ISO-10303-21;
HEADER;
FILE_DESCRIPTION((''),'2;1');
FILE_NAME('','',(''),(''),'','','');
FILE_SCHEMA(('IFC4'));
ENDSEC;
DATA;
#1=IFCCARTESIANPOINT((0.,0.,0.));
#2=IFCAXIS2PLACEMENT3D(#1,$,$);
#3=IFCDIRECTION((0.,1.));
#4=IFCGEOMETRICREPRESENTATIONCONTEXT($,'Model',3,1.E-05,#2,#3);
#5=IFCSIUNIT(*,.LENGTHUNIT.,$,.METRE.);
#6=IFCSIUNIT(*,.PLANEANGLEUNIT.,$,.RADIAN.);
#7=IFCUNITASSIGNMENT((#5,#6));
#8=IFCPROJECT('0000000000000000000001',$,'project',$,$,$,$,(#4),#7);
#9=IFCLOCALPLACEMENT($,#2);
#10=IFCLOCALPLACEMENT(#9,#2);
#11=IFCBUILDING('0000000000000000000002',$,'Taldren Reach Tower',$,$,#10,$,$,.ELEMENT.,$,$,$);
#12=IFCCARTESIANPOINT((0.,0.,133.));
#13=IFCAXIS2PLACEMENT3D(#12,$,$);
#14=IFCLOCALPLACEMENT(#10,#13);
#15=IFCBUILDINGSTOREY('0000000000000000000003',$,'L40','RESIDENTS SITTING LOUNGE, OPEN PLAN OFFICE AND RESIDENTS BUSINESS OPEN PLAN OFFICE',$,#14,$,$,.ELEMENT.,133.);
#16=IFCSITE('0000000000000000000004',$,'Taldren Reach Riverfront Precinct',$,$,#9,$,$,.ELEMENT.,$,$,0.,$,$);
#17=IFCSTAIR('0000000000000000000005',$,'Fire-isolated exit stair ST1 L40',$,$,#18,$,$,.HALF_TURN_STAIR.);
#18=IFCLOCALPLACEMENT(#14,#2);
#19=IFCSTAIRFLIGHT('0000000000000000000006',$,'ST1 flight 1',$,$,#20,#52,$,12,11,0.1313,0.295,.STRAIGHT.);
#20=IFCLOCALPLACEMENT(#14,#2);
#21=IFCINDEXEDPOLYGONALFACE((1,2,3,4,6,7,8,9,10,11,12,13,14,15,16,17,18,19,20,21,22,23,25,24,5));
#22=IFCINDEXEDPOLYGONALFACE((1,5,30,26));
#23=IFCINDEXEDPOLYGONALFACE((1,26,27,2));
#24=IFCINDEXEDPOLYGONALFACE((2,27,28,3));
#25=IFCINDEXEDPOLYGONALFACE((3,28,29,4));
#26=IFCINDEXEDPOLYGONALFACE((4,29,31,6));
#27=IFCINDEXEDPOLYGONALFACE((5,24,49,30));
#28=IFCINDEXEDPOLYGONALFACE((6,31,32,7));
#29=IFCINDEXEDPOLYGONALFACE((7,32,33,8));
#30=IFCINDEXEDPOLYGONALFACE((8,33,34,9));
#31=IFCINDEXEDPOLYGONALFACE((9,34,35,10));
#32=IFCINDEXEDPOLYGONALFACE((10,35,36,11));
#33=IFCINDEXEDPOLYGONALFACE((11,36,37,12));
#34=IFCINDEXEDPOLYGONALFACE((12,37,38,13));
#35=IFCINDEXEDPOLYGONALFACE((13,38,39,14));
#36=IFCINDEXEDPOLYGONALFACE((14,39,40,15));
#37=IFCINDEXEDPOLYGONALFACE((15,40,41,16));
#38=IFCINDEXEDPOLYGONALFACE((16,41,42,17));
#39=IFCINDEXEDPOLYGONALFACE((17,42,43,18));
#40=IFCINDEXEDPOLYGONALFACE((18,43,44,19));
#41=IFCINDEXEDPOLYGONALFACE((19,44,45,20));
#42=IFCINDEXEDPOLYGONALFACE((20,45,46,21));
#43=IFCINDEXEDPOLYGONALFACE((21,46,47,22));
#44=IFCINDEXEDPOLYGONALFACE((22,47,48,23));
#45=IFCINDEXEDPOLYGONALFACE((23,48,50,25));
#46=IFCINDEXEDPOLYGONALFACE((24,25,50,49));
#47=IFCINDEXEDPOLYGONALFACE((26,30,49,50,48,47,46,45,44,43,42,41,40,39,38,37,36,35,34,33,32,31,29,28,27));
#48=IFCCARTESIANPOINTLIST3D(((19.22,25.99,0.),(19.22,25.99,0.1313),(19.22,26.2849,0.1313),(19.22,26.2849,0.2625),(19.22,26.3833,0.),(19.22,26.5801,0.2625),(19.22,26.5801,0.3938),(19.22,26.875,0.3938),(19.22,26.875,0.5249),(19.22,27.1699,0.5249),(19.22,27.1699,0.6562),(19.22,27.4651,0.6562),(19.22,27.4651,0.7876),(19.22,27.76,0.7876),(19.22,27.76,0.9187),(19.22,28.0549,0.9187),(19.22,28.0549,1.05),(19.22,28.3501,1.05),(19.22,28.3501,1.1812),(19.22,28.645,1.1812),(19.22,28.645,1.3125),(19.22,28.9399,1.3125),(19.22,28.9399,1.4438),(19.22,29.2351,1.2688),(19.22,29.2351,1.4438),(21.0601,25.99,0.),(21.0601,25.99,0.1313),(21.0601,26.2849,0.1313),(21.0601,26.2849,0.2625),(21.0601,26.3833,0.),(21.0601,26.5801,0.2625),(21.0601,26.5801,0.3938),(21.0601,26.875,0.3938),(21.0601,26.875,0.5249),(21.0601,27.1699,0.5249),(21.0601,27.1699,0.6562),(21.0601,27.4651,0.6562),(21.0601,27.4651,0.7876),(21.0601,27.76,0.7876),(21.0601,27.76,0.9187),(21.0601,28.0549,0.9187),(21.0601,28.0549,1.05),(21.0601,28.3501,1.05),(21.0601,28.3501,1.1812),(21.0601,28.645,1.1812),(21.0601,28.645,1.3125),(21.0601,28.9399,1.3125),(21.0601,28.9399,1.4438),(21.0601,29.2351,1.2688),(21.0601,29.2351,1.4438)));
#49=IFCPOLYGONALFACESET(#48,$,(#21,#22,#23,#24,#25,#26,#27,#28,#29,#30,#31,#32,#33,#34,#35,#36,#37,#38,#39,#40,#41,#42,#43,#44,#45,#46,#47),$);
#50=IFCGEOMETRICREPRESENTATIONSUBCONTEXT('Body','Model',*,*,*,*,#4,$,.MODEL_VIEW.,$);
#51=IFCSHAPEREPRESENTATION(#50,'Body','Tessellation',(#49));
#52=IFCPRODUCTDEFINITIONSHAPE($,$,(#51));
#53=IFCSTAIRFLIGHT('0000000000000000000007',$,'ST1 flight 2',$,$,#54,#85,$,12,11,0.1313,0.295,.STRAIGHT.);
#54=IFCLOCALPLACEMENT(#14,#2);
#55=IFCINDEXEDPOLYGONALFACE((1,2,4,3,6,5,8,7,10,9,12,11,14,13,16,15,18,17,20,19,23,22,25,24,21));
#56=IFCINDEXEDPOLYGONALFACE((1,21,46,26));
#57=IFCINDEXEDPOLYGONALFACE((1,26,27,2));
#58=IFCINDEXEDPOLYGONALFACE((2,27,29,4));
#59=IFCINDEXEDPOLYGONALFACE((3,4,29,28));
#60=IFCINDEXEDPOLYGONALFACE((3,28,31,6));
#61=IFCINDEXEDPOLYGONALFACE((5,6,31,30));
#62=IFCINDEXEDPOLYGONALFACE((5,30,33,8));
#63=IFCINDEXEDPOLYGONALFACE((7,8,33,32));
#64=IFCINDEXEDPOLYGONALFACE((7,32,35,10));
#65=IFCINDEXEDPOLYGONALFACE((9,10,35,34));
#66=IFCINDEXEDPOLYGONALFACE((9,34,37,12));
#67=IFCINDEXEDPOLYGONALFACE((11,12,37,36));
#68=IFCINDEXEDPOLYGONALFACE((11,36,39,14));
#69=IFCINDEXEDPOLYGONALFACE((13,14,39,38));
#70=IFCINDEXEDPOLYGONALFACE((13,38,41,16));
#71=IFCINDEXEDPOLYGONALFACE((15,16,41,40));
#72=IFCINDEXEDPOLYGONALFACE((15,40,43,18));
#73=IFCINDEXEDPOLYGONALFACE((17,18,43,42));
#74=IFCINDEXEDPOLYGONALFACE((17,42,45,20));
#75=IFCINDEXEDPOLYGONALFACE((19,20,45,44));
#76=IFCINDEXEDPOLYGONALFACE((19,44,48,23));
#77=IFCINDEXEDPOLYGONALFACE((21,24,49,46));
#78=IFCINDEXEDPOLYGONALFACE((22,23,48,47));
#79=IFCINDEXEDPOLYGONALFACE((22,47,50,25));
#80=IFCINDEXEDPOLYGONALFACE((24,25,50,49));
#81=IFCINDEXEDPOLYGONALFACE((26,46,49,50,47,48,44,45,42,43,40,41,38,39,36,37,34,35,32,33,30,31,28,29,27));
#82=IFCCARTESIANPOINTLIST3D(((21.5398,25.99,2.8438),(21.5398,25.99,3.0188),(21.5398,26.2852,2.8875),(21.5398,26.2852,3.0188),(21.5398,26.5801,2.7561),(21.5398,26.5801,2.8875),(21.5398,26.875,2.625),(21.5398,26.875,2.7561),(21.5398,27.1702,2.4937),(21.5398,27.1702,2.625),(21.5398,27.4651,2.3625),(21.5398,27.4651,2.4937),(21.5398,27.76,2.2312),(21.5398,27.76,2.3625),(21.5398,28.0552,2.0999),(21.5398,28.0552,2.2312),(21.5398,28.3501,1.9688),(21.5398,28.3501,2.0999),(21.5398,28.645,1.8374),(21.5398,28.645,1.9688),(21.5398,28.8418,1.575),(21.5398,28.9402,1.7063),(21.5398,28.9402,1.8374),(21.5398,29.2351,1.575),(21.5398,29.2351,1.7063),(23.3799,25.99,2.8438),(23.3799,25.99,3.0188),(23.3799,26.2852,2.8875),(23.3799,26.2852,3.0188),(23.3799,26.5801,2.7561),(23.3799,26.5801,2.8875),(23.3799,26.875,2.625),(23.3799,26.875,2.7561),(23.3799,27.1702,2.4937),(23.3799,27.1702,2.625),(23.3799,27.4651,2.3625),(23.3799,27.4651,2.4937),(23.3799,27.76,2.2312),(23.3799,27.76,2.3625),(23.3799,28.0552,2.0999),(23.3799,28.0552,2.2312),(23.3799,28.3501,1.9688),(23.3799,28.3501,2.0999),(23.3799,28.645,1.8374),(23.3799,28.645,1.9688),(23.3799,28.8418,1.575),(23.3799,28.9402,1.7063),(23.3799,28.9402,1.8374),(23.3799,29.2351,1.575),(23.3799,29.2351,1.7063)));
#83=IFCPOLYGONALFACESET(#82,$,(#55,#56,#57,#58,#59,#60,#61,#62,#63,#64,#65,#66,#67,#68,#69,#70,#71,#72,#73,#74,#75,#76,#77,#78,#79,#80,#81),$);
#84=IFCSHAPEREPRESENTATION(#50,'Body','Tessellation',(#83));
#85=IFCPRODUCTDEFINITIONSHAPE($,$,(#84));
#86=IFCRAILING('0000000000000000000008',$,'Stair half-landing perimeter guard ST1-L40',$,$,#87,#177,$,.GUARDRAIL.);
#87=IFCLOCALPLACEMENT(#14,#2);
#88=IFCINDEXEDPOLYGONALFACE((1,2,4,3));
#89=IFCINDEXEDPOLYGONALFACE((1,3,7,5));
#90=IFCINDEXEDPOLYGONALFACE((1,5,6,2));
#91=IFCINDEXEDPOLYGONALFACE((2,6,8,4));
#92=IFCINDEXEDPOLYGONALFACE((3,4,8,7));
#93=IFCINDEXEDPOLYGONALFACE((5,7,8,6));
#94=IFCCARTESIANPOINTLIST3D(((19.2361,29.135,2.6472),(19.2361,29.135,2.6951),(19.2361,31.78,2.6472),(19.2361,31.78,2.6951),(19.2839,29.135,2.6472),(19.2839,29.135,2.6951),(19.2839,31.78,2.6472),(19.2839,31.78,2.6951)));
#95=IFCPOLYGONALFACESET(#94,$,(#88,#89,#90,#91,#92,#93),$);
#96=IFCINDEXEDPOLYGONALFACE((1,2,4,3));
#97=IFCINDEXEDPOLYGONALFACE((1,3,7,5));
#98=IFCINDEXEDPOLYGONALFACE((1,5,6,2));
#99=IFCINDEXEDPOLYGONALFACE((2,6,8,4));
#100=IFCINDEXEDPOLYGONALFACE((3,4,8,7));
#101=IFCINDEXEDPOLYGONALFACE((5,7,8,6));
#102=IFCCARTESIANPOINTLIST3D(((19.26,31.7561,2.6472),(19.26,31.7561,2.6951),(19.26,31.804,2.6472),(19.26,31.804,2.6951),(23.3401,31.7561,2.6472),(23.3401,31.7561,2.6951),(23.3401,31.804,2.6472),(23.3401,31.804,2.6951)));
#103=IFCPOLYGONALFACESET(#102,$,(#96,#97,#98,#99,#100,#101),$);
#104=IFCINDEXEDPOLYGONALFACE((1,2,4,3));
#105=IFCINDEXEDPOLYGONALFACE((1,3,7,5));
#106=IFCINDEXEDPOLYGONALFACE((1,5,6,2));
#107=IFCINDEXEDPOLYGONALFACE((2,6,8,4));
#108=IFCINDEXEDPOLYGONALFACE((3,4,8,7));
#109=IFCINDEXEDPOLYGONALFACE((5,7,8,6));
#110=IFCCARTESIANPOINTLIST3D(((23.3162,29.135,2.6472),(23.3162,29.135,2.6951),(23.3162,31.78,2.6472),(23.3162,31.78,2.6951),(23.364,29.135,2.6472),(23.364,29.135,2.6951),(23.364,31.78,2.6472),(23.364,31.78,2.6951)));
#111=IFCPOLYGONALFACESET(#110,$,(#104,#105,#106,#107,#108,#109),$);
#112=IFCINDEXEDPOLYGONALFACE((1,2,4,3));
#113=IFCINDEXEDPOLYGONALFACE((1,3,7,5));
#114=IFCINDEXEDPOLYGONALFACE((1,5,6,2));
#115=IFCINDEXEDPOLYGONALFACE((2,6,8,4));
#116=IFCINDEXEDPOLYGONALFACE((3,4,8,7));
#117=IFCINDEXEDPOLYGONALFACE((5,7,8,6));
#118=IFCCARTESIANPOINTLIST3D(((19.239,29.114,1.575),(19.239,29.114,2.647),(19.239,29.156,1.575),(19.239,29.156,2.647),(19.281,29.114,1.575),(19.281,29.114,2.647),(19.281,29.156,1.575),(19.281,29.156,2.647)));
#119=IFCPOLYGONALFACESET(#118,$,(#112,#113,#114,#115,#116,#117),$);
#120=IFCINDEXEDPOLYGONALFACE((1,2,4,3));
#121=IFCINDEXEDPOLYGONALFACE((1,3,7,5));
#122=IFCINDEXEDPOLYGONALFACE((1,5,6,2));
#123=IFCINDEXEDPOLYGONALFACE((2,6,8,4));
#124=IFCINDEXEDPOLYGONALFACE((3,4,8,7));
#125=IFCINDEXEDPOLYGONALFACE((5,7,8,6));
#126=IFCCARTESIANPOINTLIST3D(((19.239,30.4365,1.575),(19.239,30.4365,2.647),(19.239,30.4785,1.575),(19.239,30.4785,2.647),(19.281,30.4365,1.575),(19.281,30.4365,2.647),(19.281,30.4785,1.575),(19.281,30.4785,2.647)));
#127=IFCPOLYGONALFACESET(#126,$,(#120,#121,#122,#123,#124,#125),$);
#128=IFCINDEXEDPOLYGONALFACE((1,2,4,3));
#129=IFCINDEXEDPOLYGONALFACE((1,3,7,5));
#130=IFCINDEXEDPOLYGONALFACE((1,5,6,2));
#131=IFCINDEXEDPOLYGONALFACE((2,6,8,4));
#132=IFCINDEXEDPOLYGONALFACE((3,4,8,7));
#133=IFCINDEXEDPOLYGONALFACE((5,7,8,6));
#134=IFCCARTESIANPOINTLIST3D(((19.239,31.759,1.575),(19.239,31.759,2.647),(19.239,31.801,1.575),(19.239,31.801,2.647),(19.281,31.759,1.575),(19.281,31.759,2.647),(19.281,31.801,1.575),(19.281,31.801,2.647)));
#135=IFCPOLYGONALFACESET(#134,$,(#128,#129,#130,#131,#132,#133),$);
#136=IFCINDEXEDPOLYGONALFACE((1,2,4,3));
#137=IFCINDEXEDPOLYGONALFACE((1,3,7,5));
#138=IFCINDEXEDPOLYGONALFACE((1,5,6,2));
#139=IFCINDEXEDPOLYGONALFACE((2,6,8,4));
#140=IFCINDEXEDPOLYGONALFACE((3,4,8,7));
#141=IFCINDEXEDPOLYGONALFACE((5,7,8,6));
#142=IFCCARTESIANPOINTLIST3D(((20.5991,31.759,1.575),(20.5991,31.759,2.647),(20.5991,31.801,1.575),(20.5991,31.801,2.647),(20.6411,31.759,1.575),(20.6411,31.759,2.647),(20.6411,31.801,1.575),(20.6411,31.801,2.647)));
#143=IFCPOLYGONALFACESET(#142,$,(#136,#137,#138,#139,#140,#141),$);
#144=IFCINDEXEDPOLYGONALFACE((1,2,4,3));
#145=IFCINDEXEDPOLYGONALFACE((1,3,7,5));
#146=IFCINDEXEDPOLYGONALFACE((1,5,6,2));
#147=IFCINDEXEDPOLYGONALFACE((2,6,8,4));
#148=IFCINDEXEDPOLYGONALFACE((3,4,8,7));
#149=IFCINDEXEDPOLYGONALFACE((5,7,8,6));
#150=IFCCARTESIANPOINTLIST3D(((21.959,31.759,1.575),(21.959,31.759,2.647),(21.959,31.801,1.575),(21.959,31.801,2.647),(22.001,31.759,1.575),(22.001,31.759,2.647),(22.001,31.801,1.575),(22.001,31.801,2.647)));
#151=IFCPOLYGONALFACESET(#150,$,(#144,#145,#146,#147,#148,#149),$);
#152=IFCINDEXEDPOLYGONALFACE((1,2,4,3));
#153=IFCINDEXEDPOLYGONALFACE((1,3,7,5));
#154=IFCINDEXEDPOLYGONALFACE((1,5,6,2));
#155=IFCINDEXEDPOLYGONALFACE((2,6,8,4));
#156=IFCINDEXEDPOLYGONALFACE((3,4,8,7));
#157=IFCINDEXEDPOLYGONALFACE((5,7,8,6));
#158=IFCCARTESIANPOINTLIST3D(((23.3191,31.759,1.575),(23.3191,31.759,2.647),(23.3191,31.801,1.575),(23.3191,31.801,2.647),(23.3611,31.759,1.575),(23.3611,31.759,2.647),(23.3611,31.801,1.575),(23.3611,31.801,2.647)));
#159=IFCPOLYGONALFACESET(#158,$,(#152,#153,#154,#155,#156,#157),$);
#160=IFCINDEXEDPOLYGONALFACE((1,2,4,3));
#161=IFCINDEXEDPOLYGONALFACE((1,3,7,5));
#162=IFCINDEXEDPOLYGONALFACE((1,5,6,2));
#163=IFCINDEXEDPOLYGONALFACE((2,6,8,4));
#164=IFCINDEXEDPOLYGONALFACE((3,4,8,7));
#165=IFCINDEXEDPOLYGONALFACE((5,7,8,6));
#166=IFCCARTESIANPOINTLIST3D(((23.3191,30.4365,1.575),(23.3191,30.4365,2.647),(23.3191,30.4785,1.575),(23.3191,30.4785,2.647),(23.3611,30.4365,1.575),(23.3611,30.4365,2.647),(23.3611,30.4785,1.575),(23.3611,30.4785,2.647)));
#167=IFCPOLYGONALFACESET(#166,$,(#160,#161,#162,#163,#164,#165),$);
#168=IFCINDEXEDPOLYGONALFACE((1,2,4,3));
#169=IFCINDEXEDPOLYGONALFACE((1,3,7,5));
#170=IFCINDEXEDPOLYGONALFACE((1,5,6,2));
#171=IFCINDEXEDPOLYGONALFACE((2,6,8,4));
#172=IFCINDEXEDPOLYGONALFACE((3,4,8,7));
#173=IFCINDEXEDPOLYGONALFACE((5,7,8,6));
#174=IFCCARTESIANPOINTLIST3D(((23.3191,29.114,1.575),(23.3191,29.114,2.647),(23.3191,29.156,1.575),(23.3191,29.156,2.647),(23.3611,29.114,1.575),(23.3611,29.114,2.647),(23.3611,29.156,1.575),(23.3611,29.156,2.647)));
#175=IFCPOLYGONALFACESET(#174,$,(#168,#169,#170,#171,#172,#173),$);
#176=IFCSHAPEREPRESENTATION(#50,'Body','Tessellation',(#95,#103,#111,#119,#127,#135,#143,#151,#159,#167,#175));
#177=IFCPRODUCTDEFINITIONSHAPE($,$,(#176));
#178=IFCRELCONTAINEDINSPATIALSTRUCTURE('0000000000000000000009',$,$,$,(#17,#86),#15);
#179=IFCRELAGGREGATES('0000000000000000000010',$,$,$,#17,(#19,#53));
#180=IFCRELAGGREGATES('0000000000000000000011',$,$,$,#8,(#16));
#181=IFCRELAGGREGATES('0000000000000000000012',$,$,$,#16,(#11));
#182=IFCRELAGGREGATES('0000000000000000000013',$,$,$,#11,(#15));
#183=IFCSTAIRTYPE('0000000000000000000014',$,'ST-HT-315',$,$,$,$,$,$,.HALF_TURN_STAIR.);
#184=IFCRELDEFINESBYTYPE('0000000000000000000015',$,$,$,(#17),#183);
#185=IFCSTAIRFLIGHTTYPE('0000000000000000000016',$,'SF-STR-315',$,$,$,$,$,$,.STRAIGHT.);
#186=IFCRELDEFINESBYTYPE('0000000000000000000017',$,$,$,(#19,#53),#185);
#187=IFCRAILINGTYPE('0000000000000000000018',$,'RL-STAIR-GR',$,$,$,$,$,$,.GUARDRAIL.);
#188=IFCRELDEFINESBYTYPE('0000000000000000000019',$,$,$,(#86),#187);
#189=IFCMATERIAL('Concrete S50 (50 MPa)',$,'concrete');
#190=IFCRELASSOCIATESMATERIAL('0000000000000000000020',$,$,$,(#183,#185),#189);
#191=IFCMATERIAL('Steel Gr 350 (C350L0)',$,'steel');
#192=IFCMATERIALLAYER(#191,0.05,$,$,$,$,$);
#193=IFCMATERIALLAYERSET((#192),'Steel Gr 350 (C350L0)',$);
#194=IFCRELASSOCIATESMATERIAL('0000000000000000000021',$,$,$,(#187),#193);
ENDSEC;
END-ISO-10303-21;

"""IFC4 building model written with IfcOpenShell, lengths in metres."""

from ifc_helpers import new_model, si_unit, direction, frame, origin, origin_2d, place, context, subcontext, project, spatial, polyline, rectangle, outline, extrude, material, layer, layer_set, type_object, element, aggregate, save


model = new_model("IFC4")

# Units and contexts
model_context = context("Model", 3, precision=1e-05, world=origin(), true_north=direction((0.0, 1.0)))
body_context = subcontext(model_context, "Body", "Model", "MODEL_VIEW")
ifc_project = project(units=[si_unit("LENGTHUNIT", "METRE"), si_unit("PLANEANGLEUNIT", "RADIAN")], contexts=[model_context])

# Site, building, storey
site_placement = place(None, origin())
site = spatial("IfcSite", under=ifc_project, at=site_placement, Name="Taldren Reach Riverfront Precinct", CompositionType="ELEMENT", RefElevation=0.0)
building_placement = place(site_placement, origin())
building = spatial("IfcBuilding", under=site, at=building_placement, Name="Taldren Reach Tower", CompositionType="ELEMENT")
storey_placement = place(building_placement, frame((0.0, 0.0, 133.0)))
storey = spatial("IfcBuildingStorey", under=building, at=storey_placement, Name="L40", Description="RESIDENTS SITTING LOUNGE, OPEN PLAN OFFICE AND RESIDENTS BUSINESS OPEN PLAN OFFICE", CompositionType="ELEMENT", Elevation=133.0)

# Shared definitions
ifc_material_1 = material(Name="Steel Gr 350 (C350L0)", Category="steel")

# Stair, stair flights
ifc_material_2 = material(Name="Concrete S50 (50 MPa)", Category="concrete")
stair_type = type_object("IfcStairType", Name="ST-HT-315", PredefinedType="HALF_TURN_STAIR", material=ifc_material_2)
stair_placement = place(storey_placement, origin())
stair = element("IfcStair", 1, at=stair_placement, inside=storey, type_object=stair_type, Name="Fire-isolated exit stair ST1 L40", PredefinedType="HALF_TURN_STAIR")
stair_flight_type = type_object("IfcStairFlightType", Name="SF-STR-315", PredefinedType="STRAIGHT", material=ifc_material_2)
stair_flight_1_placement = place(storey_placement, frame((20.1399, 25.99, 0.0), z_axis=(0.0, 0.0, 1.0), x_axis=(0.0, 1.0, 0.0)))
stair_flight_1 = element("IfcStairFlight", 2, at=stair_flight_1_placement, type_object=stair_flight_type, Name="ST1 flight 1", NumberOfRisers=12, NumberOfTreads=11, PredefinedType="STRAIGHT", RiserHeight=0.1313, TreadLength=0.295, context=body_context, shape_type="SweptSolid", body=[
    extrude(outline(polyline([(0.0, 0.0), (0.0, 0.1313), (0.2949, 0.1313), (0.2949, 0.2625), (0.5901, 0.2625), (0.5901, 0.3938), (0.885, 0.3938), (0.885, 0.5249), (1.1799, 0.5249), (1.1799, 0.6562), (1.4751, 0.6562), (1.4751, 0.7876), (1.77, 0.7876), (1.77, 0.9187), (2.0649, 0.9187), (2.0649, 1.05), (2.3601, 1.05), (2.3601, 1.1812), (2.655, 1.1812), (2.655, 1.3125), (2.95, 1.3125), (2.95, 1.4438), (3.2451, 1.4438), (3.2451, 1.575), (3.2451, 1.2688), (0.3933, 0.0), (0.0, 0.0)])), frame((0.0, 0.9199, 0.0), z_axis=(0.0, -1.0, 0.0), x_axis=(1.0, 0.0, 0.0)), (0.0, 0.0, 1.0), 1.8401),
])
stair_flight_2_placement = place(storey_placement, frame((22.46, 29.2351, 1.575), z_axis=(0.0, 0.0, 1.0), x_axis=(0.0, -1.0, 0.0)))
stair_flight_2 = element("IfcStairFlight", 3, at=stair_flight_2_placement, type_object=stair_flight_type, Name="ST1 flight 2", NumberOfRisers=12, NumberOfTreads=11, PredefinedType="STRAIGHT", RiserHeight=0.1313, TreadLength=0.295, context=body_context, shape_type="SweptSolid", body=[
    extrude(outline(polyline([(0.0, 0.0), (0.0, 0.1313), (0.2949, 0.1313), (0.2949, 0.2625), (0.5901, 0.2625), (0.5901, 0.3938), (0.885, 0.3938), (0.885, 0.5249), (1.1799, 0.5249), (1.1799, 0.6562), (1.4751, 0.6562), (1.4751, 0.7876), (1.77, 0.7876), (1.77, 0.9187), (2.0649, 0.9187), (2.0649, 1.05), (2.3601, 1.05), (2.3601, 1.1812), (2.655, 1.1812), (2.655, 1.3125), (2.95, 1.3125), (2.95, 1.4438), (3.2451, 1.4438), (3.2451, 1.575), (3.2451, 1.2688), (0.3933, 0.0), (0.0, 0.0)])), frame((0.0, 0.9199, 0.0), z_axis=(0.0, -1.0, 0.0), x_axis=(1.0, 0.0, 0.0)), (0.0, 0.0, 1.0), 1.8401),
])
aggregate(stair, [stair_flight_1, stair_flight_2])

# Railing
ifc_layer_1 = layer(ifc_material_1, 0.05)
ifc_layer_set_1 = layer_set([ifc_layer_1], Name="Steel Gr 350 (C350L0)")
railing_type_1 = type_object("IfcRailingType", Name="RL-STAIR-GR", PredefinedType="GUARDRAIL", material=ifc_layer_set_1)
railing_1_placement = place(storey_placement, frame((19.26, 29.135, 1.575)))
element("IfcRailing", 4, at=railing_1_placement, inside=storey, type_object=railing_type_1, Name="Stair half-landing perimeter guard ST1-L40", PredefinedType="GUARDRAIL", context=body_context, shape_type="SweptSolid", body=[
    extrude(rectangle(XDim=0.0479, YDim=0.0479, at=origin_2d()), frame((0.0, 0.0, 1.0962), z_axis=(0.0, 1.0, 0.0), x_axis=(-1.0, 0.0, 0.0)), (0.0, 0.0, 1.0), 2.645),
    extrude(rectangle(XDim=0.0479, YDim=0.0479, at=origin_2d()), frame((0.0, 2.645, 1.0962), z_axis=(1.0, 0.0, 0.0), x_axis=(0.0, 1.0, 0.0)), (0.0, 0.0, 1.0), 4.0801),
    extrude(rectangle(XDim=0.0479, YDim=0.0479, at=origin_2d()), frame((4.0801, 2.645, 1.0962), z_axis=(0.0, -1.0, 0.0), x_axis=(1.0, 0.0, 0.0)), (0.0, 0.0, 1.0), 2.645),
    extrude(rectangle(XDim=0.042, YDim=0.042, at=origin_2d()), origin(), (0.0, 0.0, 1.0), 1.072),
    extrude(rectangle(XDim=0.042, YDim=0.042, at=origin_2d()), frame((0.0, 1.3225, 0.0)), (0.0, 0.0, 1.0), 1.072),
    extrude(rectangle(XDim=0.042, YDim=0.042, at=origin_2d()), frame((0.0, 2.645, 0.0)), (0.0, 0.0, 1.0), 1.072),
    extrude(rectangle(XDim=0.042, YDim=0.042, at=origin_2d()), frame((1.3601, 2.645, 0.0)), (0.0, 0.0, 1.0), 1.072),
    extrude(rectangle(XDim=0.042, YDim=0.042, at=origin_2d()), frame((2.72, 2.645, 0.0)), (0.0, 0.0, 1.0), 1.072),
    extrude(rectangle(XDim=0.042, YDim=0.042, at=origin_2d()), frame((4.0801, 2.645, 0.0)), (0.0, 0.0, 1.0), 1.072),
    extrude(rectangle(XDim=0.042, YDim=0.042, at=origin_2d()), frame((4.0801, 1.3225, 0.0)), (0.0, 0.0, 1.0), 1.072),
    extrude(rectangle(XDim=0.042, YDim=0.042, at=origin_2d()), frame((4.0801, 0.0, 0.0)), (0.0, 0.0, 1.0), 1.072),
])

save(model, "model.ifc")
